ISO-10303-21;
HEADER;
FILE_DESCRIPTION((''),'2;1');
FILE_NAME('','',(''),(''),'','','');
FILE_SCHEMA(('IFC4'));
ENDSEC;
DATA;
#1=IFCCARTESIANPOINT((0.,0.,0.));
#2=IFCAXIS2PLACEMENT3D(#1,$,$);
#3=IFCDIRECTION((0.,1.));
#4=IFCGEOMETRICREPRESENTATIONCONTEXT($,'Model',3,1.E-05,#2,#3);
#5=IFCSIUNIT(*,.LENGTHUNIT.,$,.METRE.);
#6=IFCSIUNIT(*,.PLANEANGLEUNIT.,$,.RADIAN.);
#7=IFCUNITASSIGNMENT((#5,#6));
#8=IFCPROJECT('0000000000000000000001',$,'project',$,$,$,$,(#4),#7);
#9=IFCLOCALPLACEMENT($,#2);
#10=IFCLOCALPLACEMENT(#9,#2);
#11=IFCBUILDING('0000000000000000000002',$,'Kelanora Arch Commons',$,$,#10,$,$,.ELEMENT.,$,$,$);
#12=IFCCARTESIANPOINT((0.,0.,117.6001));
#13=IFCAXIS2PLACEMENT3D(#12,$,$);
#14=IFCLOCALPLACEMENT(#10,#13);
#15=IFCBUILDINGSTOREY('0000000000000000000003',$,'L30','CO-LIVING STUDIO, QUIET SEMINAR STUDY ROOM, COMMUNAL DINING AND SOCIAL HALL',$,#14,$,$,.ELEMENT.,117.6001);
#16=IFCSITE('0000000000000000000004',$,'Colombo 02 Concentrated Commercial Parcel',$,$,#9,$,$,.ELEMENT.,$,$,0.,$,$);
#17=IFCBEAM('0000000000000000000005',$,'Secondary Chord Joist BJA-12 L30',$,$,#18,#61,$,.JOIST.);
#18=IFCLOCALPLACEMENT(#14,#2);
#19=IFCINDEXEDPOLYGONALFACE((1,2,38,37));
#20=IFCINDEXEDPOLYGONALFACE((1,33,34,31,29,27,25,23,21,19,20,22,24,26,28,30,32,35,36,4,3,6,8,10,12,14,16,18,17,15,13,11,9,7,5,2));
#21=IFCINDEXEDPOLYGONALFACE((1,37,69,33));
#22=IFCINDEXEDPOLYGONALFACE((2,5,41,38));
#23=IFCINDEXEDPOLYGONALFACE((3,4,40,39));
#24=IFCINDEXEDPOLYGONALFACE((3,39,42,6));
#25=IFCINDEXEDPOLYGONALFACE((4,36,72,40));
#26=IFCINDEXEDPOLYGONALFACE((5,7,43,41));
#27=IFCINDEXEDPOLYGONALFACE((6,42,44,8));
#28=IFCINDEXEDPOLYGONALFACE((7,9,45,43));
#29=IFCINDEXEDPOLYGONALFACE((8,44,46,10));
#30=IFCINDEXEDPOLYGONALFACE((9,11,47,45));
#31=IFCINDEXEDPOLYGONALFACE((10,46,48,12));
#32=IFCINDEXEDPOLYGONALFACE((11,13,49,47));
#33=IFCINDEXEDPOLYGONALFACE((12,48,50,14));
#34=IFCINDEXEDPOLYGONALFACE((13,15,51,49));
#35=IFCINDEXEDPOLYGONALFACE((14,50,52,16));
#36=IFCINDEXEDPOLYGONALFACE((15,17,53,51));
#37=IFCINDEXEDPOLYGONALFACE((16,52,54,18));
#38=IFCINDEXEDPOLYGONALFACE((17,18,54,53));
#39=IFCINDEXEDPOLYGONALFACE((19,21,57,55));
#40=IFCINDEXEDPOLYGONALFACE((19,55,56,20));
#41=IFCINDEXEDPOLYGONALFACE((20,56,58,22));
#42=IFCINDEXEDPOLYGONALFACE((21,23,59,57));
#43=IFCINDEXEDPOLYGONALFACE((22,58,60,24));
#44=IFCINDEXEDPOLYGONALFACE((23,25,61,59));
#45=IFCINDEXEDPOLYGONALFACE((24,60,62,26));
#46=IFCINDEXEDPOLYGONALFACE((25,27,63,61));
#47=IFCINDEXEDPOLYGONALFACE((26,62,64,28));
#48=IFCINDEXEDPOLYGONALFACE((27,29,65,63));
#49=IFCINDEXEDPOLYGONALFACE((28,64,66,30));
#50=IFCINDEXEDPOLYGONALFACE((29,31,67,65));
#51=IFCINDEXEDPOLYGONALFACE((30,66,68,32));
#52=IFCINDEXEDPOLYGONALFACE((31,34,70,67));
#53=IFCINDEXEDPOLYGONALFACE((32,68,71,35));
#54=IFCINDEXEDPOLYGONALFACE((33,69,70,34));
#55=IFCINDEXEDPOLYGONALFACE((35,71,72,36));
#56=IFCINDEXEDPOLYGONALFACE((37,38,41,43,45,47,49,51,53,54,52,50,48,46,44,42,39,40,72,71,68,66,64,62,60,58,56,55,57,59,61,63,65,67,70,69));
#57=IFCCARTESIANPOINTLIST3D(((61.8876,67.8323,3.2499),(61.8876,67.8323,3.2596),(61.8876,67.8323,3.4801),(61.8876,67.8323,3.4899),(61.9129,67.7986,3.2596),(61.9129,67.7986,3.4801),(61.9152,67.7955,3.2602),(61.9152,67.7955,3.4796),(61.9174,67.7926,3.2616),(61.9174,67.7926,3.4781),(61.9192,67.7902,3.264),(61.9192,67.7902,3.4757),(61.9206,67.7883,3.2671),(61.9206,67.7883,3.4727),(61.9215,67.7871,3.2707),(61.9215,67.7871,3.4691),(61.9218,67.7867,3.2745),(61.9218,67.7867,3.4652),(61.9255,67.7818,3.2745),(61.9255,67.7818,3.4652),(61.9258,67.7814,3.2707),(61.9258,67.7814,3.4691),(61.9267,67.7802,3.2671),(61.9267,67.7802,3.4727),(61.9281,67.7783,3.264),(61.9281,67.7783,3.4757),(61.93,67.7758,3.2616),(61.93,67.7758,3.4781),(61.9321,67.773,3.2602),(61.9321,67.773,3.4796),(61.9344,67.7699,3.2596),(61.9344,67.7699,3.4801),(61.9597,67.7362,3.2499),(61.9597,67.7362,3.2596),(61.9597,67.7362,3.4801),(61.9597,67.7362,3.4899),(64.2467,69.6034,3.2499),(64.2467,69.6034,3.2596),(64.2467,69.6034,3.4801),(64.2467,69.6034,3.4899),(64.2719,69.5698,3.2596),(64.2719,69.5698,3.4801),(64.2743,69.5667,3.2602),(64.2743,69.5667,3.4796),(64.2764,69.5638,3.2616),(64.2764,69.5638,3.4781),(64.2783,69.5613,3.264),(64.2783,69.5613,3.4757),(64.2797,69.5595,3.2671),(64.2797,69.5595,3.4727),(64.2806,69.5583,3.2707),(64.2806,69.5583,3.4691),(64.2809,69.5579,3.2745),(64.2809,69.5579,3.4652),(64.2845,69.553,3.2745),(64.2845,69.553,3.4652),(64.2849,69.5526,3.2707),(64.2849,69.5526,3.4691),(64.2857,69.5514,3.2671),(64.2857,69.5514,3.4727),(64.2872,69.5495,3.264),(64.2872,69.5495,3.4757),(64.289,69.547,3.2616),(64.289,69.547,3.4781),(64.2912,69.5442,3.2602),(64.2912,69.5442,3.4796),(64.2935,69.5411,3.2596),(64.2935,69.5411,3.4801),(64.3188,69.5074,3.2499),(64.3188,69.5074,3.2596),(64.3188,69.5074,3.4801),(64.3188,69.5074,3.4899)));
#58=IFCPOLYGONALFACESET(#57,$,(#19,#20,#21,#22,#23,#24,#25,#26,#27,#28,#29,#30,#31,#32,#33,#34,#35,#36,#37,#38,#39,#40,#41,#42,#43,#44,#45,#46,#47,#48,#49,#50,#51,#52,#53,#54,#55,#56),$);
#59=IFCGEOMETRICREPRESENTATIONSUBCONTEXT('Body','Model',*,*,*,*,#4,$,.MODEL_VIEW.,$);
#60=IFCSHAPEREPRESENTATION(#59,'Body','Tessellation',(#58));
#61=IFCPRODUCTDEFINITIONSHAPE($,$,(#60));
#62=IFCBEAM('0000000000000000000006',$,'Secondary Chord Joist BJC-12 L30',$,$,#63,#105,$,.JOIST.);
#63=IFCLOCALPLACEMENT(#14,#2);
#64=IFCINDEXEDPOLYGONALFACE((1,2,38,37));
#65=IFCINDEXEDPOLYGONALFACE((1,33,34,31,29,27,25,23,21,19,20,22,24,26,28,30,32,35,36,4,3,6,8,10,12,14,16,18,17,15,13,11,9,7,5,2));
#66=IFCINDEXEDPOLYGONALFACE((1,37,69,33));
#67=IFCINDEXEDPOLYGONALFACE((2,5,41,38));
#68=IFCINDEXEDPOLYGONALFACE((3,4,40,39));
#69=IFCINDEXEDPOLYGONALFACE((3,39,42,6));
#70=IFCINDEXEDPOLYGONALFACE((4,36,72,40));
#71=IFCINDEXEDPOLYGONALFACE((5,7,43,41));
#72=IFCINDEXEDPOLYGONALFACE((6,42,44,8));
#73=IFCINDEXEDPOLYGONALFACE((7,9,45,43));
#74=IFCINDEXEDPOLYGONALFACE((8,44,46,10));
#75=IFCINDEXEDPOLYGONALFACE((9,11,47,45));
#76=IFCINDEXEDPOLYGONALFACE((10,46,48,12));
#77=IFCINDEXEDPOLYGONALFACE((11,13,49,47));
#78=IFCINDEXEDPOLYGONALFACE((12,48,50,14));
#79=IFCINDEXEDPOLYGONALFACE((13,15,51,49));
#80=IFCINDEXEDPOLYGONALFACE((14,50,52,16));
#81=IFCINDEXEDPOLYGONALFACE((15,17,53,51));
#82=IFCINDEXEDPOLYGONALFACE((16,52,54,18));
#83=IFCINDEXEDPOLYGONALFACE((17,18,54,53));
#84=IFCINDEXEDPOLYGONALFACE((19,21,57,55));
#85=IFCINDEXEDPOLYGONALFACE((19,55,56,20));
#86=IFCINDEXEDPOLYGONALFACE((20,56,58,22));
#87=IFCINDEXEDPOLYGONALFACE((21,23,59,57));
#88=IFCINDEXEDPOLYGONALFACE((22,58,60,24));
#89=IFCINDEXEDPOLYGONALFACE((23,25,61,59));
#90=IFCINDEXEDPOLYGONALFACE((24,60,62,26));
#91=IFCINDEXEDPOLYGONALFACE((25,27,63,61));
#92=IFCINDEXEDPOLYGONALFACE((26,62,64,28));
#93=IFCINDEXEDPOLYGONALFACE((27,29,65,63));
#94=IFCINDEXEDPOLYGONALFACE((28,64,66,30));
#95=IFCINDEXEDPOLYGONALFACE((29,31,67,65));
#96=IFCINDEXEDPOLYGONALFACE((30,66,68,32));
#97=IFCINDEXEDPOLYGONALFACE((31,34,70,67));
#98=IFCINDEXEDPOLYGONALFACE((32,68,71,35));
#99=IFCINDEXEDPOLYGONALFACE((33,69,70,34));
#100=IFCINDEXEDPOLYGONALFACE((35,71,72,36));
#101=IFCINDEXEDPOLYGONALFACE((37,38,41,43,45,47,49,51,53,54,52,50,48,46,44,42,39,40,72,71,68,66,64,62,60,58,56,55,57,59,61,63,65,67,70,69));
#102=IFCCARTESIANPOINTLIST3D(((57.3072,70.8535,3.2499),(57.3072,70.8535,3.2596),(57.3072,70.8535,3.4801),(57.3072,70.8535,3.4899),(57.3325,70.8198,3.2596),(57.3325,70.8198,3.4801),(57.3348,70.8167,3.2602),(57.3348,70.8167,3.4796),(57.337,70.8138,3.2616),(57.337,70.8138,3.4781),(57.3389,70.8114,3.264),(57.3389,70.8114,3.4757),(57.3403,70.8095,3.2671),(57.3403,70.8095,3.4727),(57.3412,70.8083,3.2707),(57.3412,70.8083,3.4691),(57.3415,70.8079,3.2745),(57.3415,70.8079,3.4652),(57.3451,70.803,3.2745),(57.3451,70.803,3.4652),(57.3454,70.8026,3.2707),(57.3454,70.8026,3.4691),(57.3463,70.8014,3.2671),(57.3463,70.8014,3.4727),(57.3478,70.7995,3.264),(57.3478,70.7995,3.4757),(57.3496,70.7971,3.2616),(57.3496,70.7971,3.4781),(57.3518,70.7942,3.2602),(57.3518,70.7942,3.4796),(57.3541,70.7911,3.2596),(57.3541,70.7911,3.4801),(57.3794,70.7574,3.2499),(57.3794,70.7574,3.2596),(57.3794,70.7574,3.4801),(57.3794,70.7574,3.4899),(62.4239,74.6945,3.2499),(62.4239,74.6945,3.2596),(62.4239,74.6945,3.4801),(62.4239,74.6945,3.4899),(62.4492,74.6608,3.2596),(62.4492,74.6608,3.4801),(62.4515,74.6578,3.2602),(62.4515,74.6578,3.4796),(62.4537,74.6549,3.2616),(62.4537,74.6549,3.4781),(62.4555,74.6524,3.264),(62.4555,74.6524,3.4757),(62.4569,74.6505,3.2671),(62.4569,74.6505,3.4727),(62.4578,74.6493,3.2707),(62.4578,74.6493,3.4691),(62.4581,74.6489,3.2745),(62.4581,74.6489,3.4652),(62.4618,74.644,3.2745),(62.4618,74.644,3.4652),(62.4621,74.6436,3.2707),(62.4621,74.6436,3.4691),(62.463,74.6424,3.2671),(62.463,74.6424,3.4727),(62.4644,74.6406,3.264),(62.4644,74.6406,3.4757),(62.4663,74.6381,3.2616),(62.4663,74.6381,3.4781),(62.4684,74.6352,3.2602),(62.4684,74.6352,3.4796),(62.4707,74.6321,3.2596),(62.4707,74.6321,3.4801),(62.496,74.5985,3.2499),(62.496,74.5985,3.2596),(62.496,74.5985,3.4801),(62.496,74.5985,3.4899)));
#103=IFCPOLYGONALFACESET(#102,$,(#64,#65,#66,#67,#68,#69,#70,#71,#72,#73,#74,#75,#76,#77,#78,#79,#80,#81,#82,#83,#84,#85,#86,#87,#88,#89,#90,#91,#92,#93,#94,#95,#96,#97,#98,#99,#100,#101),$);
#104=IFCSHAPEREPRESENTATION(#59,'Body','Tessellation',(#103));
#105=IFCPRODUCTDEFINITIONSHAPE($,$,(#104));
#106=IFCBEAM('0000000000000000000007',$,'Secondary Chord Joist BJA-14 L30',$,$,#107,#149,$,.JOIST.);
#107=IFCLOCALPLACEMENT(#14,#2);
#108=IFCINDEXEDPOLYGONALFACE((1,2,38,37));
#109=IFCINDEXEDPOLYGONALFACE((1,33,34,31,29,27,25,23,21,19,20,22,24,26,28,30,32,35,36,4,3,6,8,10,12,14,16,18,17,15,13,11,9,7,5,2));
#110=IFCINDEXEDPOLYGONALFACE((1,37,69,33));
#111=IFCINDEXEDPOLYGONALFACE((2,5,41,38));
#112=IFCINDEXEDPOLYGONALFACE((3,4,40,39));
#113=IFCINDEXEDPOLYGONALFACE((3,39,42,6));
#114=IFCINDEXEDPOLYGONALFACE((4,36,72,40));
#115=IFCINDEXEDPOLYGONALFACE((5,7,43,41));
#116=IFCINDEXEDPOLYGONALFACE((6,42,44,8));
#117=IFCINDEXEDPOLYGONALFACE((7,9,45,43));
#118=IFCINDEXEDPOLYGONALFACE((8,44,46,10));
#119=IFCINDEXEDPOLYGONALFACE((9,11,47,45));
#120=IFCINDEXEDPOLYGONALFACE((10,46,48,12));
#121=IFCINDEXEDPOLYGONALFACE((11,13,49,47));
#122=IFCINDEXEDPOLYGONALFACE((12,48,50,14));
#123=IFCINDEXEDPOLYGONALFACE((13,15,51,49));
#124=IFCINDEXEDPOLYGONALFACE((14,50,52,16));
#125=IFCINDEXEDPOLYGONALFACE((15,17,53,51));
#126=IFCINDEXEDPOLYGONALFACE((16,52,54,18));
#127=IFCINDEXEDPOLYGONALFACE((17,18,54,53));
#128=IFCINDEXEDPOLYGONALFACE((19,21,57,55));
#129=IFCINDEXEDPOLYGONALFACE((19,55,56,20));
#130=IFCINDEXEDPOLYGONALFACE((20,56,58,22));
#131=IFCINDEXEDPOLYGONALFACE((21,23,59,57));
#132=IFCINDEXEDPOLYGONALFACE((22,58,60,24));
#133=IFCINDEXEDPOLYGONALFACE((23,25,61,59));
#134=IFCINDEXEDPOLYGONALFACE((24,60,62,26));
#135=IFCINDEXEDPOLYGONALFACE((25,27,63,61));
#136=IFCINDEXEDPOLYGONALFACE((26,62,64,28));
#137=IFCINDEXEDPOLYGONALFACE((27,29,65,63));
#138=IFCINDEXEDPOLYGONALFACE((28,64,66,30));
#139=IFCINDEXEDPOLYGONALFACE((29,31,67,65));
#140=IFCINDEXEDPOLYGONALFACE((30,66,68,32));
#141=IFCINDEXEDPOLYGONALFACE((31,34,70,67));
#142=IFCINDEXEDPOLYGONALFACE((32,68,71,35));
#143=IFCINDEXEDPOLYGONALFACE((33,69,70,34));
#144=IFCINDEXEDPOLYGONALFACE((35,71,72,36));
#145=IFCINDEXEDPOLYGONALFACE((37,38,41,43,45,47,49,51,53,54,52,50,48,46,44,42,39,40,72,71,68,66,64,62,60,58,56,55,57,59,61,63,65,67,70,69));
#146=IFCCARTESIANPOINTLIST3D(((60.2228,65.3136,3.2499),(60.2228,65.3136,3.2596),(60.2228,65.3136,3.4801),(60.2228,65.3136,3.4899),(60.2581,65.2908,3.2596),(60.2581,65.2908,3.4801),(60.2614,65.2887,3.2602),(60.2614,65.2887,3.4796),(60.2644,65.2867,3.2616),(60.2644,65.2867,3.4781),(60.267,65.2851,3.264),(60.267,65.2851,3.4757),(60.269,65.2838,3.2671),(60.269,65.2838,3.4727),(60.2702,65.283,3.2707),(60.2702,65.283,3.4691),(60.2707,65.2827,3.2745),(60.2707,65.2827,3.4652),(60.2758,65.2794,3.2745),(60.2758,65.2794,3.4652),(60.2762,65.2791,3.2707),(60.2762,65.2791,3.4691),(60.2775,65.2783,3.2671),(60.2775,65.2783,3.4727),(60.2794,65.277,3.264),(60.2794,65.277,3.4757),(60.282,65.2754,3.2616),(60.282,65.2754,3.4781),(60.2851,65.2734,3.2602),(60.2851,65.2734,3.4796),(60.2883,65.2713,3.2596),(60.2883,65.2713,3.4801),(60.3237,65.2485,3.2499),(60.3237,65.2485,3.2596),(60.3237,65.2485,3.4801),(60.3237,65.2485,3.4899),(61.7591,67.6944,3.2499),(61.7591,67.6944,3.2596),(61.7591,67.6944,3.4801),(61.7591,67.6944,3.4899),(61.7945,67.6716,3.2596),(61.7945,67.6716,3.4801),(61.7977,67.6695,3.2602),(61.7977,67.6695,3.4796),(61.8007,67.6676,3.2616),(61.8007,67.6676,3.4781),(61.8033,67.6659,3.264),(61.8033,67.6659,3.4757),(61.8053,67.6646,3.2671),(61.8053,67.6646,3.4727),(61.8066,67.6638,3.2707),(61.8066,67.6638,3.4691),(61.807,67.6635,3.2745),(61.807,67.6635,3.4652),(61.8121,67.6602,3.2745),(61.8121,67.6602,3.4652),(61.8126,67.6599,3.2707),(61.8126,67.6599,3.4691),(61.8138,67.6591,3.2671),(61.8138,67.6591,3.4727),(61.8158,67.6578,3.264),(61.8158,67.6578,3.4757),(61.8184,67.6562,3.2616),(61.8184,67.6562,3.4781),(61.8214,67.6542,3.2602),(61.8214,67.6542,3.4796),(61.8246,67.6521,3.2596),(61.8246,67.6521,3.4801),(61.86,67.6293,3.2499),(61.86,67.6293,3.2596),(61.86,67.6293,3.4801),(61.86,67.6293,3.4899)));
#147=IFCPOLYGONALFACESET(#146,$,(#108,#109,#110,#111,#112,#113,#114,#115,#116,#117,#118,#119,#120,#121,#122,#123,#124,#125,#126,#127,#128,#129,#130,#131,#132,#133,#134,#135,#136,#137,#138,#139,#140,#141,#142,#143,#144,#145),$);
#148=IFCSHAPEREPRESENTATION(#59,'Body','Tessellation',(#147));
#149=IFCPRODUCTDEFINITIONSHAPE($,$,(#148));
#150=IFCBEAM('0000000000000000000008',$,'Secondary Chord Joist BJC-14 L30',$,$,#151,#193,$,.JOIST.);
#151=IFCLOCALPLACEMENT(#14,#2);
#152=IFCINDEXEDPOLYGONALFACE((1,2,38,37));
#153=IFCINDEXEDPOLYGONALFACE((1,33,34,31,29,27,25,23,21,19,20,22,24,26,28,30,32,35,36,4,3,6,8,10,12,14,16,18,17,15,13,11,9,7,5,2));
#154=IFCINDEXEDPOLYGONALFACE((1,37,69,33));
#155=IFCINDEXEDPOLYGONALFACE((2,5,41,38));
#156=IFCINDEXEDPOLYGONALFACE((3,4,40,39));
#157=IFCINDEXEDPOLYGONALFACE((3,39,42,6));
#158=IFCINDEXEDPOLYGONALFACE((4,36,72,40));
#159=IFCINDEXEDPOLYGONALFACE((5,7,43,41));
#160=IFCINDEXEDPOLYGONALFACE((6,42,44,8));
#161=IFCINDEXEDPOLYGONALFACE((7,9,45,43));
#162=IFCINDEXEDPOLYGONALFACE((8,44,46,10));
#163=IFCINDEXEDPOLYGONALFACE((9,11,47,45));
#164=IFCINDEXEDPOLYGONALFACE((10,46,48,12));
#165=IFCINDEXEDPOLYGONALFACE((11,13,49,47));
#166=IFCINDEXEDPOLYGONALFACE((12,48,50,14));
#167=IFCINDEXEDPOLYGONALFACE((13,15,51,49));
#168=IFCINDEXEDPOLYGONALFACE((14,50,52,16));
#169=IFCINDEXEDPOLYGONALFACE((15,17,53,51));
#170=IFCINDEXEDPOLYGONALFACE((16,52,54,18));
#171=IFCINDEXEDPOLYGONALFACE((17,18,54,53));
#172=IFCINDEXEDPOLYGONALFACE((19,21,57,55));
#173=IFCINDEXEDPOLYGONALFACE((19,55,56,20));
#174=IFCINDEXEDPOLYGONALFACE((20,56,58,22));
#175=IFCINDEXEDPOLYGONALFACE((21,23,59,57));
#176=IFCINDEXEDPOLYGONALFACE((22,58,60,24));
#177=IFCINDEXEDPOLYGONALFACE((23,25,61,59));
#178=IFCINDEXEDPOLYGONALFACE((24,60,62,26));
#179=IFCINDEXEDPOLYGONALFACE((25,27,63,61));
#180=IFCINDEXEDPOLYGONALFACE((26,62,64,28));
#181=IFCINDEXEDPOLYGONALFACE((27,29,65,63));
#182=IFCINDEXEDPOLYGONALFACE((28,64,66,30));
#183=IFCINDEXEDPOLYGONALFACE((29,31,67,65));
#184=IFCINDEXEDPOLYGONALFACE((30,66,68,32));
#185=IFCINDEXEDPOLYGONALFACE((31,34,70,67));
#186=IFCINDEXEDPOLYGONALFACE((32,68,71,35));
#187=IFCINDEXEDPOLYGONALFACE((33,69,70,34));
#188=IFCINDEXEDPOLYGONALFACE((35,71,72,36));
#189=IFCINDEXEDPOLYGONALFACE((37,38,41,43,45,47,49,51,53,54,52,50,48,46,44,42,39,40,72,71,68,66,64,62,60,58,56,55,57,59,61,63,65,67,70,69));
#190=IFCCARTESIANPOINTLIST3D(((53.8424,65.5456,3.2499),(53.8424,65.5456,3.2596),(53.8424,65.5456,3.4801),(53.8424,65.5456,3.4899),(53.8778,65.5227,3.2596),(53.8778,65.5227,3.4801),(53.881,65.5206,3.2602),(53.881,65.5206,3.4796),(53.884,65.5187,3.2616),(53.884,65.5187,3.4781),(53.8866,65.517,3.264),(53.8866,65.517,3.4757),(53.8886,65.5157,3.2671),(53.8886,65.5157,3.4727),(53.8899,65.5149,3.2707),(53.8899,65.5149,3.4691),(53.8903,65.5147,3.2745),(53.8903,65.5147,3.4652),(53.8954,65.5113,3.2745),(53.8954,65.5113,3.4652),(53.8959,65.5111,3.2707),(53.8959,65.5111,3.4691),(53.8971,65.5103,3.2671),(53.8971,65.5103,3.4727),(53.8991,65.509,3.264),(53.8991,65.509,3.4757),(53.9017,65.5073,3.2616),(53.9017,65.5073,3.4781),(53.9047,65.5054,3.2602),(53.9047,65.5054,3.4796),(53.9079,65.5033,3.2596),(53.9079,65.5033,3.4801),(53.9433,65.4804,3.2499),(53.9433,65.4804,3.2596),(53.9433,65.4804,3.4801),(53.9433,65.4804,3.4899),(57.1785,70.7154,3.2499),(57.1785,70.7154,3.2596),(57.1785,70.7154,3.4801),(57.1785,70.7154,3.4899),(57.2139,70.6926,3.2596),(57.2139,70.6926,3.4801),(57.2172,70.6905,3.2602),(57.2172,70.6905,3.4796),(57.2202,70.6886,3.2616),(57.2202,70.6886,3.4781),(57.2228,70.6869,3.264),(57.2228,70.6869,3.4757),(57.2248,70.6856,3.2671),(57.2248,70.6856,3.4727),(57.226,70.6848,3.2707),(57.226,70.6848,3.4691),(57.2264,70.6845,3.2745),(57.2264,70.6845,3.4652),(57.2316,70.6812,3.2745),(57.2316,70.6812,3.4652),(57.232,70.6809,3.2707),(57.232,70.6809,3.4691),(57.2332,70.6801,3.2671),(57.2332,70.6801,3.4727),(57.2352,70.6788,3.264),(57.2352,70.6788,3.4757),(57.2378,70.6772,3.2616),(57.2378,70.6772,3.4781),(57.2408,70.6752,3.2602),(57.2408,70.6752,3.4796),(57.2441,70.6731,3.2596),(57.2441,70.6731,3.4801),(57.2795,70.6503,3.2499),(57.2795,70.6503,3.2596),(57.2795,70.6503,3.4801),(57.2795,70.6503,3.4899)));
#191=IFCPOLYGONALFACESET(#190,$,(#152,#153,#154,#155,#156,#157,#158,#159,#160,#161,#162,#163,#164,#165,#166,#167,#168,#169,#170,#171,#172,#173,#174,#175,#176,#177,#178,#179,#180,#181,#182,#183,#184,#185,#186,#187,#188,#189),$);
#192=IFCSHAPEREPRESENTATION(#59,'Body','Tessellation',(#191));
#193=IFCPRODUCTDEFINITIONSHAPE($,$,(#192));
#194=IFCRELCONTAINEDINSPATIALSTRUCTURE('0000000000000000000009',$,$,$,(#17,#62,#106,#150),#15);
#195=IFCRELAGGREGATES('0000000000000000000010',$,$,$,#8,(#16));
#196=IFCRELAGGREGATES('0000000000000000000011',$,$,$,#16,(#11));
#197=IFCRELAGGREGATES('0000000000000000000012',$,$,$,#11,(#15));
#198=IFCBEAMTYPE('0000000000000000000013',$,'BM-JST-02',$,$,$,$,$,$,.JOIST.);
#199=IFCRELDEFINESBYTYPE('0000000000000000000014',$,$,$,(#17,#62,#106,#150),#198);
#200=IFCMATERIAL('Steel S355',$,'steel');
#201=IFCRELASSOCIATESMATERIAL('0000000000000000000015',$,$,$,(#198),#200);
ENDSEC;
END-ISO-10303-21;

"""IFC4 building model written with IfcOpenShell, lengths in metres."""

from ifc_helpers import new_model, si_unit, direction, frame, origin, origin_2d, place, context, subcontext, project, spatial, i_section, extrude, material, material_profile, profile_set, type_object, element, save


model = new_model("IFC4")

# Units and contexts
model_context = context("Model", 3, precision=1e-05, world=origin(), true_north=direction((0.0, 1.0)))
body_context = subcontext(model_context, "Body", "Model", "MODEL_VIEW")
ifc_project = project(units=[si_unit("LENGTHUNIT", "METRE"), si_unit("PLANEANGLEUNIT", "RADIAN")], contexts=[model_context])

# Site, building, storey
site_placement = place(None, origin())
site = spatial("IfcSite", under=ifc_project, at=site_placement, Name="Colombo 02 Concentrated Commercial Parcel", CompositionType="ELEMENT", RefElevation=0.0)
building_placement = place(site_placement, origin())
building = spatial("IfcBuilding", under=site, at=building_placement, Name="Kelanora Arch Commons", CompositionType="ELEMENT")
storey_placement = place(building_placement, frame((0.0, 0.0, 117.6001)))
storey = spatial("IfcBuildingStorey", under=building, at=storey_placement, Name="L30", Description="CO-LIVING STUDIO, QUIET SEMINAR STUDY ROOM, COMMUNAL DINING AND SOCIAL HALL", CompositionType="ELEMENT", Elevation=117.6001)

# Beams
ifc_material_1 = material(Name="Steel S355", Category="steel")
ifc_material_profile_1 = material_profile(ifc_material_1, i_section(OverallWidth=0.1201, OverallDepth=0.24, WebThickness=0.0061, FlangeThickness=0.0098, FilletRadius=0.0149, at=origin_2d()), Name="IPE240")
ifc_profile_set_1 = profile_set([ifc_material_profile_1], Name="Steel S355")
beam_type_1 = type_object("IfcBeamType", Name="BM-JST-02", PredefinedType="JOIST", material=ifc_profile_set_1)
beam_1_placement = place(storey_placement, frame((64.2827, 69.5554, 3.3699), z_axis=(-0.799692, -0.60041, 0.0), x_axis=(0.60041, -0.799692, 0.0)))
element("IfcBeam", 1, at=beam_1_placement, inside=storey, type_object=beam_type_1, Name="Secondary Chord Joist BJA-12 L30", PredefinedType="JOIST", context=body_context, shape_type="SweptSolid", body=[
    extrude(i_section(OverallWidth=0.1201, OverallDepth=0.24, WebThickness=0.0061, FlangeThickness=0.0098, FilletRadius=0.0149, at=origin_2d()), origin(), (0.0, 0.0, 1.0), 2.95),
])
beam_2_placement = place(storey_placement, frame((62.46, 74.6465, 3.3699), z_axis=(-0.799734, -0.600354, 0.0), x_axis=(0.600354, -0.799734, 0.0)))
element("IfcBeam", 2, at=beam_2_placement, inside=storey, type_object=beam_type_1, Name="Secondary Chord Joist BJC-12 L30", PredefinedType="JOIST", context=body_context, shape_type="SweptSolid", body=[
    extrude(i_section(OverallWidth=0.1201, OverallDepth=0.24, WebThickness=0.0061, FlangeThickness=0.0098, FilletRadius=0.0149, at=origin_2d()), origin(), (0.0, 0.0, 1.0), 6.3979),
])
beam_3_placement = place(storey_placement, frame((61.8096, 67.6619, 3.3699), z_axis=(-0.542211, -0.840242, 0.0), x_axis=(0.840242, -0.542211, 0.0)))
element("IfcBeam", 3, at=beam_3_placement, inside=storey, type_object=beam_type_1, Name="Secondary Chord Joist BJA-14 L30", PredefinedType="JOIST", context=body_context, shape_type="SweptSolid", body=[
    extrude(i_section(OverallWidth=0.1201, OverallDepth=0.24, WebThickness=0.0061, FlangeThickness=0.0098, FilletRadius=0.0149, at=origin_2d()), origin(), (0.0, 0.0, 1.0), 2.8335),
])
beam_4_placement = place(storey_placement, frame((57.229, 70.6829, 3.3699), z_axis=(-0.542213, -0.840241, 0.0), x_axis=(0.840241, -0.542213, 0.0)))
element("IfcBeam", 4, at=beam_4_placement, inside=storey, type_object=beam_type_1, Name="Secondary Chord Joist BJC-14 L30", PredefinedType="JOIST", context=body_context, shape_type="SweptSolid", body=[
    extrude(i_section(OverallWidth=0.1201, OverallDepth=0.24, WebThickness=0.0061, FlangeThickness=0.0098, FilletRadius=0.0149, at=origin_2d()), origin(), (0.0, 0.0, 1.0), 6.1528),
])

save(model, "model.ifc")
